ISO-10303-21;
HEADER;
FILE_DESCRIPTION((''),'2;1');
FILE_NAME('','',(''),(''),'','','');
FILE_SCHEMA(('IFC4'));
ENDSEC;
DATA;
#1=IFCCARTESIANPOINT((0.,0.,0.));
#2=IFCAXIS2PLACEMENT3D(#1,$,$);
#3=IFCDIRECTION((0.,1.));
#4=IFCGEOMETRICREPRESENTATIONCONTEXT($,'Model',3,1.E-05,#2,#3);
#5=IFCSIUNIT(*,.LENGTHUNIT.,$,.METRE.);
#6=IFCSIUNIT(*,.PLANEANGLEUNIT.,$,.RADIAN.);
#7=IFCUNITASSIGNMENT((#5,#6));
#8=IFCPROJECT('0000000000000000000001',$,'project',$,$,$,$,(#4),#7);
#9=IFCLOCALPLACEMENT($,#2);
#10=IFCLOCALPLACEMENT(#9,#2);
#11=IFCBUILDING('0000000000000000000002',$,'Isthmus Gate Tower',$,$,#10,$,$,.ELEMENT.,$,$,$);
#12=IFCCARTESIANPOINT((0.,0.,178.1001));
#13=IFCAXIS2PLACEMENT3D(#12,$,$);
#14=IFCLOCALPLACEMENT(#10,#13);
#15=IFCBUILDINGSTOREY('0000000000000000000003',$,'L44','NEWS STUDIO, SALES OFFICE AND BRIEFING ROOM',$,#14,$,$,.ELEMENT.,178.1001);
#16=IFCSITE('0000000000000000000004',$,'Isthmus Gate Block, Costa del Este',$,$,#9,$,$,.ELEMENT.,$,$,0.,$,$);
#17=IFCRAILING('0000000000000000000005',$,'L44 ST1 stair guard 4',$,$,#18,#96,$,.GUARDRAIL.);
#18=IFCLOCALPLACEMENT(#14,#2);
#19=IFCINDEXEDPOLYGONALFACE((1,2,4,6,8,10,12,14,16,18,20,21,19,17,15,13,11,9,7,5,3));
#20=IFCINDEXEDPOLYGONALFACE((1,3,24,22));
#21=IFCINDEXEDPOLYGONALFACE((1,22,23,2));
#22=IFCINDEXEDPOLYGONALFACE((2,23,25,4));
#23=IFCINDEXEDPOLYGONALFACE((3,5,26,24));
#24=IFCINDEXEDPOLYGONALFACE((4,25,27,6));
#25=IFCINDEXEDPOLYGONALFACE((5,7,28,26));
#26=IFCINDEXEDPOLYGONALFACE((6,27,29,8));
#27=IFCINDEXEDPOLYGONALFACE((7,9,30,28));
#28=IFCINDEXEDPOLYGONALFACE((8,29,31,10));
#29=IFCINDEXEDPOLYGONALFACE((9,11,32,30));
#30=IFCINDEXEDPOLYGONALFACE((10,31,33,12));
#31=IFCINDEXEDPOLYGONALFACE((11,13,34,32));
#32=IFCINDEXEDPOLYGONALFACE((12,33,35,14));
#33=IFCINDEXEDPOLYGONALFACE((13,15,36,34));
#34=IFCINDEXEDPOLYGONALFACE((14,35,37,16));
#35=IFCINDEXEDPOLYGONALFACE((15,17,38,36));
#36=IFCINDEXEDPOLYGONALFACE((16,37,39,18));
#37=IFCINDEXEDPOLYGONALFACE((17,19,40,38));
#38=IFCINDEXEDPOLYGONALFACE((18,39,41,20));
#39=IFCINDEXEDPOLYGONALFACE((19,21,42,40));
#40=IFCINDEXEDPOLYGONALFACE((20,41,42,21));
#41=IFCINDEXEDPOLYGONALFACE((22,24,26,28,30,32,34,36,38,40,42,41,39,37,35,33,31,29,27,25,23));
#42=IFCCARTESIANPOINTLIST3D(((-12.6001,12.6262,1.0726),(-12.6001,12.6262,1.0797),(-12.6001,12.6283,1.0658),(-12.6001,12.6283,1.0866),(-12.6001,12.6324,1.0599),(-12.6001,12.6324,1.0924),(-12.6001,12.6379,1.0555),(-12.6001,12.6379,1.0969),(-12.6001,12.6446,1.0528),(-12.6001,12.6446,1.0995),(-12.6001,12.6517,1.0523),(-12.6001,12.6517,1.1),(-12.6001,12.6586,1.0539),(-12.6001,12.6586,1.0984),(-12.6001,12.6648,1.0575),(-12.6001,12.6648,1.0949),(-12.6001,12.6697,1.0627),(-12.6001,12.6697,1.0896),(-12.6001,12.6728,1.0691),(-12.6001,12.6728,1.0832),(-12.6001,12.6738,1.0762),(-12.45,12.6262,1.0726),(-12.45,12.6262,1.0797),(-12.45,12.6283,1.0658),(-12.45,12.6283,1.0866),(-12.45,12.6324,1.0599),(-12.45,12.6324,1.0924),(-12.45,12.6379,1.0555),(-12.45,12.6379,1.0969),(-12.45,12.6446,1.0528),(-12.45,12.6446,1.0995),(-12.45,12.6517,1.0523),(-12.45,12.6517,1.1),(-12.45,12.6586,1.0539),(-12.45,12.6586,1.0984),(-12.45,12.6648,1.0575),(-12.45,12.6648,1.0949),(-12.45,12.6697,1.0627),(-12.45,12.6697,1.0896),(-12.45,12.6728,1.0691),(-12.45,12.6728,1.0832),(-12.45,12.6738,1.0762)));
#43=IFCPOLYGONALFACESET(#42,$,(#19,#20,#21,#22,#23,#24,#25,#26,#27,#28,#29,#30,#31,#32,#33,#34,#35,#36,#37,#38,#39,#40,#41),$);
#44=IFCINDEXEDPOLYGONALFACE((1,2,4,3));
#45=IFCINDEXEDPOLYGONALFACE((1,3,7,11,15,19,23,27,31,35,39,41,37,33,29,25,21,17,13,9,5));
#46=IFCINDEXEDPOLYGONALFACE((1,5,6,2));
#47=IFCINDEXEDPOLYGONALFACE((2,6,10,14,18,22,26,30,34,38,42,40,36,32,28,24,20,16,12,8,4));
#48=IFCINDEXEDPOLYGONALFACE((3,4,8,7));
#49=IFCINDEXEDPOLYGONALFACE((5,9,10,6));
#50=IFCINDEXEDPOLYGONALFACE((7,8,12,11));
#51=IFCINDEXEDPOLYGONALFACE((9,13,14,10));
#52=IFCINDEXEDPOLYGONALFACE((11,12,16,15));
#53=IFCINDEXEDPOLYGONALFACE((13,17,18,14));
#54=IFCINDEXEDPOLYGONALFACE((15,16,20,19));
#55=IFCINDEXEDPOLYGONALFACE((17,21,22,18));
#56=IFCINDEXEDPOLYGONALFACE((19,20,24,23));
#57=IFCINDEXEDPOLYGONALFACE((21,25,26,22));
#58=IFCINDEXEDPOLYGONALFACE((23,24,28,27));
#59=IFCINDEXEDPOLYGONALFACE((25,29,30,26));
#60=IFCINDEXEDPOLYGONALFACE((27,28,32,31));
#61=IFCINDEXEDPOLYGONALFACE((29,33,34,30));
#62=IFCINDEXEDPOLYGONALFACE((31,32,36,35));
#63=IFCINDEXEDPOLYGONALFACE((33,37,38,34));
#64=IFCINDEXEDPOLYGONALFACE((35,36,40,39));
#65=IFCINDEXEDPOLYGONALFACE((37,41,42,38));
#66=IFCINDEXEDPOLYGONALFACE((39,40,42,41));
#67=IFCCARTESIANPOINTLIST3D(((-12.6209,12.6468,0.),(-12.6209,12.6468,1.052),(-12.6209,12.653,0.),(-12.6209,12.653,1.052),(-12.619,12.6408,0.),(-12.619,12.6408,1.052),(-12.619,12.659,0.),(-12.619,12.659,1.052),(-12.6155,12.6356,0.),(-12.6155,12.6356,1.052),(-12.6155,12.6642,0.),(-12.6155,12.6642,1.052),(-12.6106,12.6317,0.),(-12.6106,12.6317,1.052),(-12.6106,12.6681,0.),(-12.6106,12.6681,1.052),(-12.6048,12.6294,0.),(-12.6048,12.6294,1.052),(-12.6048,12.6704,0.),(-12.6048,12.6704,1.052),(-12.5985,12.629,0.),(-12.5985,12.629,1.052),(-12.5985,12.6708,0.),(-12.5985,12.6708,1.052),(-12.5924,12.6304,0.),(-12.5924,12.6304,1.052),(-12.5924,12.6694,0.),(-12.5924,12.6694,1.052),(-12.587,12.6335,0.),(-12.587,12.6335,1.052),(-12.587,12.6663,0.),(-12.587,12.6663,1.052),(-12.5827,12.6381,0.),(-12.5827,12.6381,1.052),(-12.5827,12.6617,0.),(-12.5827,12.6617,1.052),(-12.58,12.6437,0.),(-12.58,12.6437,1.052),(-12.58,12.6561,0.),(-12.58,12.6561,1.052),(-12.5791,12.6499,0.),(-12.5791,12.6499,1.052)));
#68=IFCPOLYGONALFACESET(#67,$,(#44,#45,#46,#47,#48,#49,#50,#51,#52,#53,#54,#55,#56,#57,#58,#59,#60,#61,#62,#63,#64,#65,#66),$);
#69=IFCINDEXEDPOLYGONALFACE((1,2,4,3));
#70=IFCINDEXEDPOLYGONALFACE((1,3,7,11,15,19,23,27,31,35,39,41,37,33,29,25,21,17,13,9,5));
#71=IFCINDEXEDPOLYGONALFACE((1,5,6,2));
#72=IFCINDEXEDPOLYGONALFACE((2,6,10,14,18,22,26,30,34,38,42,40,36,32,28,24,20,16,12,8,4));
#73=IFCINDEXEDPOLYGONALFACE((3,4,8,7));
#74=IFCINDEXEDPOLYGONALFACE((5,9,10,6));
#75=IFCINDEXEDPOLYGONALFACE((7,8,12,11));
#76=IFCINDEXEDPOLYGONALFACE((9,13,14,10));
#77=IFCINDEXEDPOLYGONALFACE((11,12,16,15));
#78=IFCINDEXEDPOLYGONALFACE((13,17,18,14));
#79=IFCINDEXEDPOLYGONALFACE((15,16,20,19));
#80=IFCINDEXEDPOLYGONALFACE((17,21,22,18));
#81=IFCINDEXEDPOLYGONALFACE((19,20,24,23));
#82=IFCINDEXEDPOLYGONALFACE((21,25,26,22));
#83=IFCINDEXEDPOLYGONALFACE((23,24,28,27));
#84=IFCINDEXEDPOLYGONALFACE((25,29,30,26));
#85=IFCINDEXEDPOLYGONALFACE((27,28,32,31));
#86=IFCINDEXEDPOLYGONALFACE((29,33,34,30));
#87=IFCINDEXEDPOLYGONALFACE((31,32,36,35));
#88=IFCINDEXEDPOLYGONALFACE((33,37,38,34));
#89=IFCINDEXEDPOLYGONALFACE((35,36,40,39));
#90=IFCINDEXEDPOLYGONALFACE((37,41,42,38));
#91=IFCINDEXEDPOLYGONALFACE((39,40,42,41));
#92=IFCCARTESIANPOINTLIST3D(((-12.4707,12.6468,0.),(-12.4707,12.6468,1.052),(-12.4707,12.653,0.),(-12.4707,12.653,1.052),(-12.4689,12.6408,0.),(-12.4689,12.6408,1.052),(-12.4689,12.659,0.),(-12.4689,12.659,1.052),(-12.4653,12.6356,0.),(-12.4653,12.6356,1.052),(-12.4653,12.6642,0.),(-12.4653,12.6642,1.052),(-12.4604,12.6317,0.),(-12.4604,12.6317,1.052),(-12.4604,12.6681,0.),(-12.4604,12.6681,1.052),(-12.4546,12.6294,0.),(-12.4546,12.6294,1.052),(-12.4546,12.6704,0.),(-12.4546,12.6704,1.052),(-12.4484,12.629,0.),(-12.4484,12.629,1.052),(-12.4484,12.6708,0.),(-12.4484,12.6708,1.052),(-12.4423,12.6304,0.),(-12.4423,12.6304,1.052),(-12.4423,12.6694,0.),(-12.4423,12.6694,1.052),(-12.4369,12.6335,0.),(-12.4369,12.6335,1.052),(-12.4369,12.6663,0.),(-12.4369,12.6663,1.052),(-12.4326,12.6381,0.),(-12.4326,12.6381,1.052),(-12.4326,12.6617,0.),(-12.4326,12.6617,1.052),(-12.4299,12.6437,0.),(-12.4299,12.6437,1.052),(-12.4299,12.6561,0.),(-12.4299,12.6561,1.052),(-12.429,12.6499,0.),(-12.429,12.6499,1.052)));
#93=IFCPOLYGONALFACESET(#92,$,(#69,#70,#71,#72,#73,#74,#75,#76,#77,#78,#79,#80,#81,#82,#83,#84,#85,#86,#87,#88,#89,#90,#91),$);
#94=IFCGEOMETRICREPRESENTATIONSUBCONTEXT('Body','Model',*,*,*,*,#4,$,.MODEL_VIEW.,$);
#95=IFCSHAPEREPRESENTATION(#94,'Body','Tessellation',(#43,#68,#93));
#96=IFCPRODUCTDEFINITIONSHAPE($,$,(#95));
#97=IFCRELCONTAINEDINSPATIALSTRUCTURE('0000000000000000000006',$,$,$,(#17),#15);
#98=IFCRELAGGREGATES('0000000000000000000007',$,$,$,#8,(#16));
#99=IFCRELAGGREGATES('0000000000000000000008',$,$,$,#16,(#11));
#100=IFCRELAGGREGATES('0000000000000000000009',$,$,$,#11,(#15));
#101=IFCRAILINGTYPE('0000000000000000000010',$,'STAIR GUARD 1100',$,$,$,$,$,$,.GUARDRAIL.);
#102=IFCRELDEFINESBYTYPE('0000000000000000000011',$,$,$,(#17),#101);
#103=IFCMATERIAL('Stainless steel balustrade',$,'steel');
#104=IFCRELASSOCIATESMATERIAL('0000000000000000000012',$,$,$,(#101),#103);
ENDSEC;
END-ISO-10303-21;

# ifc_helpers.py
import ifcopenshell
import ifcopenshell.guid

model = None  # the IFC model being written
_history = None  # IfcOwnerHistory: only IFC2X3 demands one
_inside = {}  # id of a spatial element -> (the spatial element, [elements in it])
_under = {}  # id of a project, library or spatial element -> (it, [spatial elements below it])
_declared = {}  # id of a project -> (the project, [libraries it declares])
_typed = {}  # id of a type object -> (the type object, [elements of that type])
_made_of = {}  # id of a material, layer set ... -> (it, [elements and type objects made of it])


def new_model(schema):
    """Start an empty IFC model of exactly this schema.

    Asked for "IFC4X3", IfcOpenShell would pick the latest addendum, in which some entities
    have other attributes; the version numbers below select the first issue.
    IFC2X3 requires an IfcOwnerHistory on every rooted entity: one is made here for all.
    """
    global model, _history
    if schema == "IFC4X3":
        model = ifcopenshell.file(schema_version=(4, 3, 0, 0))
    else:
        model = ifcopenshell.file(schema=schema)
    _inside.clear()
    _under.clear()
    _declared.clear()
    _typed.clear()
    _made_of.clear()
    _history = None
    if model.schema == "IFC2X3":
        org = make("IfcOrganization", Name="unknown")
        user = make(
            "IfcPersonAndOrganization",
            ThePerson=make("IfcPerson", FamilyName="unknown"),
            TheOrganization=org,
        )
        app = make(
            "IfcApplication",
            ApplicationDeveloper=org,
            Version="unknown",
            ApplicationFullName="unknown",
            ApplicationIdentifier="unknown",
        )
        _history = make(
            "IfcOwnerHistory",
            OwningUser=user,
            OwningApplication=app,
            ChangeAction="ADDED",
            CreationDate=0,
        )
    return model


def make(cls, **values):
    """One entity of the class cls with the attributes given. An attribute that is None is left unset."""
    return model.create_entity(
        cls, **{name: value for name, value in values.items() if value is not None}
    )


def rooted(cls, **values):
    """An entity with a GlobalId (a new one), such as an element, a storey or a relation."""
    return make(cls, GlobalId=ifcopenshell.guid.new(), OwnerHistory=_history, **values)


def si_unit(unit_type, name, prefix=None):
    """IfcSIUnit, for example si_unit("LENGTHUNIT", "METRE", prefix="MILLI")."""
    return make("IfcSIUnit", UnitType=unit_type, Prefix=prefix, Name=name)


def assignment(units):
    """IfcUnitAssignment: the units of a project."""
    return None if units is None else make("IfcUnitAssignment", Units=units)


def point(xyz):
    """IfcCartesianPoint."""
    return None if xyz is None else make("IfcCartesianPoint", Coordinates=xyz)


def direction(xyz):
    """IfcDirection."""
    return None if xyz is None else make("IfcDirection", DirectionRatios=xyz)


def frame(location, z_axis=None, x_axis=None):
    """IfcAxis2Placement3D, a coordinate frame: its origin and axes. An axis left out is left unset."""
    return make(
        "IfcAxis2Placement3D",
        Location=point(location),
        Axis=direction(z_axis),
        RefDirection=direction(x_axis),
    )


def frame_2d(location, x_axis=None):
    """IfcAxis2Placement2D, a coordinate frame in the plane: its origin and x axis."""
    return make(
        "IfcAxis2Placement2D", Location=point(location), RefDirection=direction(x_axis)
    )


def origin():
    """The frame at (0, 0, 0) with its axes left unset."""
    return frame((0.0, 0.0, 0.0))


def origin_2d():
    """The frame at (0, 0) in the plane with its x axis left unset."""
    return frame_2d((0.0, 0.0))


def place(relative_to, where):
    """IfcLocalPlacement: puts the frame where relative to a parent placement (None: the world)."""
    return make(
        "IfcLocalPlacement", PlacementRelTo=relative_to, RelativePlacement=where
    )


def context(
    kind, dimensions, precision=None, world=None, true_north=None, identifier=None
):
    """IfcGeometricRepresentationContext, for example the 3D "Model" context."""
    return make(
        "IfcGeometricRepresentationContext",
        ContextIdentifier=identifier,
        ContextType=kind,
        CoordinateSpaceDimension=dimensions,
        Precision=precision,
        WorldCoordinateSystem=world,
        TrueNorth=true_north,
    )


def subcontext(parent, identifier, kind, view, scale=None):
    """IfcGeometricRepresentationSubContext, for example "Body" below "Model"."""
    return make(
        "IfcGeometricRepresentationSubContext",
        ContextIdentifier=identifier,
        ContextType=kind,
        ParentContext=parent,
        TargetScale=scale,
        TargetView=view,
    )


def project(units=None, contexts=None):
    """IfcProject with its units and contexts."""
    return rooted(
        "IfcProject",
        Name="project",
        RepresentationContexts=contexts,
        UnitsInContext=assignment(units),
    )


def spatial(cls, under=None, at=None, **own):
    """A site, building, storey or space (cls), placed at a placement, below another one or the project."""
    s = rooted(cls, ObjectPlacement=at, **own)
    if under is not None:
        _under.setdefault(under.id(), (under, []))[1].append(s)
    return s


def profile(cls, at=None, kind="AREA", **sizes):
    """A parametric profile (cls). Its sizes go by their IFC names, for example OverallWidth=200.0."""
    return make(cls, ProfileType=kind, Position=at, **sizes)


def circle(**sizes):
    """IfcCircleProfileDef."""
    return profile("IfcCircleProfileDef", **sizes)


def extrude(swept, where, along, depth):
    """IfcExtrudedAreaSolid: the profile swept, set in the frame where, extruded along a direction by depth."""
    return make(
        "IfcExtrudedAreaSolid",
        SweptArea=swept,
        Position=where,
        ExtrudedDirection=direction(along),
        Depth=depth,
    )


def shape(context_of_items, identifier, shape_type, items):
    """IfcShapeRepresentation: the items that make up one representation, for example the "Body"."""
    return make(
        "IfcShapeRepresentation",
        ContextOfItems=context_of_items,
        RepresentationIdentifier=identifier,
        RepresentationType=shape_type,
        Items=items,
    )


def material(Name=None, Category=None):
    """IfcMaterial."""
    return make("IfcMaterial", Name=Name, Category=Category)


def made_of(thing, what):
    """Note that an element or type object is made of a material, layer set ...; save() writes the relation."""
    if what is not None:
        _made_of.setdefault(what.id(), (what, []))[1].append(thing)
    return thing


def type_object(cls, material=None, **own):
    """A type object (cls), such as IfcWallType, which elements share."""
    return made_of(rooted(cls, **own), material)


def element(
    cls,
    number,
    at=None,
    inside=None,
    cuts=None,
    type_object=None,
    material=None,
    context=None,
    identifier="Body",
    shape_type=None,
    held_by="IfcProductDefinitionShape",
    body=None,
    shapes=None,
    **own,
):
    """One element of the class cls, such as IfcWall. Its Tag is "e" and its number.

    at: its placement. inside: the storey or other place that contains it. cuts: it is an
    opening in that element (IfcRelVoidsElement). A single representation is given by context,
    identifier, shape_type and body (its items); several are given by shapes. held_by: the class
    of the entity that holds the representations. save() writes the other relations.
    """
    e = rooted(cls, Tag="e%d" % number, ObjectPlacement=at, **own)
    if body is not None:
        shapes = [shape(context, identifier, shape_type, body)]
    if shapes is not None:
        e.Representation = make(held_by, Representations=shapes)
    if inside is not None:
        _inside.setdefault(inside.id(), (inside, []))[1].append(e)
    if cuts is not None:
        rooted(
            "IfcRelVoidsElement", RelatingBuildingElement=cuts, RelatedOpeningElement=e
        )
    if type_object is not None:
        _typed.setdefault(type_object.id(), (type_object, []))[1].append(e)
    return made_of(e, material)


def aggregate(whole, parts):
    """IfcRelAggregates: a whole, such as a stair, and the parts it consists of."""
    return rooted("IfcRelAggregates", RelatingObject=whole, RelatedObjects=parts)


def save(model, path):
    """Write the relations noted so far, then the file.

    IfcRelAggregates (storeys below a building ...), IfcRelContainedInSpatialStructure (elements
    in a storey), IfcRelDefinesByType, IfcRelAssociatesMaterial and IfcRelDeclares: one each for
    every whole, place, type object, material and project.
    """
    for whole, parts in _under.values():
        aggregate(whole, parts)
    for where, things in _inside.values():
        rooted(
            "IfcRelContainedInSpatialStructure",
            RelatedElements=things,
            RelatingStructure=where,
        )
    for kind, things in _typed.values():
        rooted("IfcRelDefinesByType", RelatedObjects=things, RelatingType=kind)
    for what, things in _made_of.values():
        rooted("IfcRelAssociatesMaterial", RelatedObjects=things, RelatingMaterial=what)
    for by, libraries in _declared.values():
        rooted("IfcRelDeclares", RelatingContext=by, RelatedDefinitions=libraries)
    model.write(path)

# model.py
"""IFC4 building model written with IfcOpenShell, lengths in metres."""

from ifc_helpers import new_model, si_unit, direction, frame, origin, origin_2d, place, context, subcontext, project, spatial, circle, extrude, material, type_object, element, save


model = new_model("IFC4")

# Units and contexts
model_context = context("Model", 3, precision=1e-05, world=origin(), true_north=direction((0.0, 1.0)))
body_context = subcontext(model_context, "Body", "Model", "MODEL_VIEW")
ifc_project = project(units=[si_unit("LENGTHUNIT", "METRE"), si_unit("PLANEANGLEUNIT", "RADIAN")], contexts=[model_context])

# Site, building, storey
site_placement = place(None, origin())
site = spatial("IfcSite", under=ifc_project, at=site_placement, Name="Isthmus Gate Block, Costa del Este", CompositionType="ELEMENT", RefElevation=0.0)
building_placement = place(site_placement, origin())
building = spatial("IfcBuilding", under=site, at=building_placement, Name="Isthmus Gate Tower", CompositionType="ELEMENT")
storey_placement = place(building_placement, frame((0.0, 0.0, 178.1001)))
storey = spatial("IfcBuildingStorey", under=building, at=storey_placement, Name="L44", Description="NEWS STUDIO, SALES OFFICE AND BRIEFING ROOM", CompositionType="ELEMENT", Elevation=178.1001)

# Railing
ifc_material_1 = material(Name="Stainless steel balustrade", Category="steel")
railing_type_1 = type_object("IfcRailingType", Name="STAIR GUARD 1100", PredefinedType="GUARDRAIL", material=ifc_material_1)
railing_1_placement = place(storey_placement, frame((-12.6001, 12.6499, 0.0)))
element("IfcRailing", 1, at=railing_1_placement, inside=storey, type_object=railing_type_1, Name="L44 ST1 stair guard 4", PredefinedType="GUARDRAIL", context=body_context, shape_type="SweptSolid", body=[
    extrude(circle(Radius=0.0239, at=origin_2d()), frame((0.0, 0.0, 1.0762), z_axis=(1.0, 0.0, 0.0), x_axis=(0.0, 1.0, 0.0)), (0.0, 0.0, 1.0), 0.1501),
    extrude(circle(Radius=0.021, at=origin_2d()), origin(), (0.0, 0.0, 1.0), 1.052),
    extrude(circle(Radius=0.021, at=origin_2d()), frame((0.1501, 0.0, 0.0)), (0.0, 0.0, 1.0), 1.052),
])

save(model, "model.ifc")
